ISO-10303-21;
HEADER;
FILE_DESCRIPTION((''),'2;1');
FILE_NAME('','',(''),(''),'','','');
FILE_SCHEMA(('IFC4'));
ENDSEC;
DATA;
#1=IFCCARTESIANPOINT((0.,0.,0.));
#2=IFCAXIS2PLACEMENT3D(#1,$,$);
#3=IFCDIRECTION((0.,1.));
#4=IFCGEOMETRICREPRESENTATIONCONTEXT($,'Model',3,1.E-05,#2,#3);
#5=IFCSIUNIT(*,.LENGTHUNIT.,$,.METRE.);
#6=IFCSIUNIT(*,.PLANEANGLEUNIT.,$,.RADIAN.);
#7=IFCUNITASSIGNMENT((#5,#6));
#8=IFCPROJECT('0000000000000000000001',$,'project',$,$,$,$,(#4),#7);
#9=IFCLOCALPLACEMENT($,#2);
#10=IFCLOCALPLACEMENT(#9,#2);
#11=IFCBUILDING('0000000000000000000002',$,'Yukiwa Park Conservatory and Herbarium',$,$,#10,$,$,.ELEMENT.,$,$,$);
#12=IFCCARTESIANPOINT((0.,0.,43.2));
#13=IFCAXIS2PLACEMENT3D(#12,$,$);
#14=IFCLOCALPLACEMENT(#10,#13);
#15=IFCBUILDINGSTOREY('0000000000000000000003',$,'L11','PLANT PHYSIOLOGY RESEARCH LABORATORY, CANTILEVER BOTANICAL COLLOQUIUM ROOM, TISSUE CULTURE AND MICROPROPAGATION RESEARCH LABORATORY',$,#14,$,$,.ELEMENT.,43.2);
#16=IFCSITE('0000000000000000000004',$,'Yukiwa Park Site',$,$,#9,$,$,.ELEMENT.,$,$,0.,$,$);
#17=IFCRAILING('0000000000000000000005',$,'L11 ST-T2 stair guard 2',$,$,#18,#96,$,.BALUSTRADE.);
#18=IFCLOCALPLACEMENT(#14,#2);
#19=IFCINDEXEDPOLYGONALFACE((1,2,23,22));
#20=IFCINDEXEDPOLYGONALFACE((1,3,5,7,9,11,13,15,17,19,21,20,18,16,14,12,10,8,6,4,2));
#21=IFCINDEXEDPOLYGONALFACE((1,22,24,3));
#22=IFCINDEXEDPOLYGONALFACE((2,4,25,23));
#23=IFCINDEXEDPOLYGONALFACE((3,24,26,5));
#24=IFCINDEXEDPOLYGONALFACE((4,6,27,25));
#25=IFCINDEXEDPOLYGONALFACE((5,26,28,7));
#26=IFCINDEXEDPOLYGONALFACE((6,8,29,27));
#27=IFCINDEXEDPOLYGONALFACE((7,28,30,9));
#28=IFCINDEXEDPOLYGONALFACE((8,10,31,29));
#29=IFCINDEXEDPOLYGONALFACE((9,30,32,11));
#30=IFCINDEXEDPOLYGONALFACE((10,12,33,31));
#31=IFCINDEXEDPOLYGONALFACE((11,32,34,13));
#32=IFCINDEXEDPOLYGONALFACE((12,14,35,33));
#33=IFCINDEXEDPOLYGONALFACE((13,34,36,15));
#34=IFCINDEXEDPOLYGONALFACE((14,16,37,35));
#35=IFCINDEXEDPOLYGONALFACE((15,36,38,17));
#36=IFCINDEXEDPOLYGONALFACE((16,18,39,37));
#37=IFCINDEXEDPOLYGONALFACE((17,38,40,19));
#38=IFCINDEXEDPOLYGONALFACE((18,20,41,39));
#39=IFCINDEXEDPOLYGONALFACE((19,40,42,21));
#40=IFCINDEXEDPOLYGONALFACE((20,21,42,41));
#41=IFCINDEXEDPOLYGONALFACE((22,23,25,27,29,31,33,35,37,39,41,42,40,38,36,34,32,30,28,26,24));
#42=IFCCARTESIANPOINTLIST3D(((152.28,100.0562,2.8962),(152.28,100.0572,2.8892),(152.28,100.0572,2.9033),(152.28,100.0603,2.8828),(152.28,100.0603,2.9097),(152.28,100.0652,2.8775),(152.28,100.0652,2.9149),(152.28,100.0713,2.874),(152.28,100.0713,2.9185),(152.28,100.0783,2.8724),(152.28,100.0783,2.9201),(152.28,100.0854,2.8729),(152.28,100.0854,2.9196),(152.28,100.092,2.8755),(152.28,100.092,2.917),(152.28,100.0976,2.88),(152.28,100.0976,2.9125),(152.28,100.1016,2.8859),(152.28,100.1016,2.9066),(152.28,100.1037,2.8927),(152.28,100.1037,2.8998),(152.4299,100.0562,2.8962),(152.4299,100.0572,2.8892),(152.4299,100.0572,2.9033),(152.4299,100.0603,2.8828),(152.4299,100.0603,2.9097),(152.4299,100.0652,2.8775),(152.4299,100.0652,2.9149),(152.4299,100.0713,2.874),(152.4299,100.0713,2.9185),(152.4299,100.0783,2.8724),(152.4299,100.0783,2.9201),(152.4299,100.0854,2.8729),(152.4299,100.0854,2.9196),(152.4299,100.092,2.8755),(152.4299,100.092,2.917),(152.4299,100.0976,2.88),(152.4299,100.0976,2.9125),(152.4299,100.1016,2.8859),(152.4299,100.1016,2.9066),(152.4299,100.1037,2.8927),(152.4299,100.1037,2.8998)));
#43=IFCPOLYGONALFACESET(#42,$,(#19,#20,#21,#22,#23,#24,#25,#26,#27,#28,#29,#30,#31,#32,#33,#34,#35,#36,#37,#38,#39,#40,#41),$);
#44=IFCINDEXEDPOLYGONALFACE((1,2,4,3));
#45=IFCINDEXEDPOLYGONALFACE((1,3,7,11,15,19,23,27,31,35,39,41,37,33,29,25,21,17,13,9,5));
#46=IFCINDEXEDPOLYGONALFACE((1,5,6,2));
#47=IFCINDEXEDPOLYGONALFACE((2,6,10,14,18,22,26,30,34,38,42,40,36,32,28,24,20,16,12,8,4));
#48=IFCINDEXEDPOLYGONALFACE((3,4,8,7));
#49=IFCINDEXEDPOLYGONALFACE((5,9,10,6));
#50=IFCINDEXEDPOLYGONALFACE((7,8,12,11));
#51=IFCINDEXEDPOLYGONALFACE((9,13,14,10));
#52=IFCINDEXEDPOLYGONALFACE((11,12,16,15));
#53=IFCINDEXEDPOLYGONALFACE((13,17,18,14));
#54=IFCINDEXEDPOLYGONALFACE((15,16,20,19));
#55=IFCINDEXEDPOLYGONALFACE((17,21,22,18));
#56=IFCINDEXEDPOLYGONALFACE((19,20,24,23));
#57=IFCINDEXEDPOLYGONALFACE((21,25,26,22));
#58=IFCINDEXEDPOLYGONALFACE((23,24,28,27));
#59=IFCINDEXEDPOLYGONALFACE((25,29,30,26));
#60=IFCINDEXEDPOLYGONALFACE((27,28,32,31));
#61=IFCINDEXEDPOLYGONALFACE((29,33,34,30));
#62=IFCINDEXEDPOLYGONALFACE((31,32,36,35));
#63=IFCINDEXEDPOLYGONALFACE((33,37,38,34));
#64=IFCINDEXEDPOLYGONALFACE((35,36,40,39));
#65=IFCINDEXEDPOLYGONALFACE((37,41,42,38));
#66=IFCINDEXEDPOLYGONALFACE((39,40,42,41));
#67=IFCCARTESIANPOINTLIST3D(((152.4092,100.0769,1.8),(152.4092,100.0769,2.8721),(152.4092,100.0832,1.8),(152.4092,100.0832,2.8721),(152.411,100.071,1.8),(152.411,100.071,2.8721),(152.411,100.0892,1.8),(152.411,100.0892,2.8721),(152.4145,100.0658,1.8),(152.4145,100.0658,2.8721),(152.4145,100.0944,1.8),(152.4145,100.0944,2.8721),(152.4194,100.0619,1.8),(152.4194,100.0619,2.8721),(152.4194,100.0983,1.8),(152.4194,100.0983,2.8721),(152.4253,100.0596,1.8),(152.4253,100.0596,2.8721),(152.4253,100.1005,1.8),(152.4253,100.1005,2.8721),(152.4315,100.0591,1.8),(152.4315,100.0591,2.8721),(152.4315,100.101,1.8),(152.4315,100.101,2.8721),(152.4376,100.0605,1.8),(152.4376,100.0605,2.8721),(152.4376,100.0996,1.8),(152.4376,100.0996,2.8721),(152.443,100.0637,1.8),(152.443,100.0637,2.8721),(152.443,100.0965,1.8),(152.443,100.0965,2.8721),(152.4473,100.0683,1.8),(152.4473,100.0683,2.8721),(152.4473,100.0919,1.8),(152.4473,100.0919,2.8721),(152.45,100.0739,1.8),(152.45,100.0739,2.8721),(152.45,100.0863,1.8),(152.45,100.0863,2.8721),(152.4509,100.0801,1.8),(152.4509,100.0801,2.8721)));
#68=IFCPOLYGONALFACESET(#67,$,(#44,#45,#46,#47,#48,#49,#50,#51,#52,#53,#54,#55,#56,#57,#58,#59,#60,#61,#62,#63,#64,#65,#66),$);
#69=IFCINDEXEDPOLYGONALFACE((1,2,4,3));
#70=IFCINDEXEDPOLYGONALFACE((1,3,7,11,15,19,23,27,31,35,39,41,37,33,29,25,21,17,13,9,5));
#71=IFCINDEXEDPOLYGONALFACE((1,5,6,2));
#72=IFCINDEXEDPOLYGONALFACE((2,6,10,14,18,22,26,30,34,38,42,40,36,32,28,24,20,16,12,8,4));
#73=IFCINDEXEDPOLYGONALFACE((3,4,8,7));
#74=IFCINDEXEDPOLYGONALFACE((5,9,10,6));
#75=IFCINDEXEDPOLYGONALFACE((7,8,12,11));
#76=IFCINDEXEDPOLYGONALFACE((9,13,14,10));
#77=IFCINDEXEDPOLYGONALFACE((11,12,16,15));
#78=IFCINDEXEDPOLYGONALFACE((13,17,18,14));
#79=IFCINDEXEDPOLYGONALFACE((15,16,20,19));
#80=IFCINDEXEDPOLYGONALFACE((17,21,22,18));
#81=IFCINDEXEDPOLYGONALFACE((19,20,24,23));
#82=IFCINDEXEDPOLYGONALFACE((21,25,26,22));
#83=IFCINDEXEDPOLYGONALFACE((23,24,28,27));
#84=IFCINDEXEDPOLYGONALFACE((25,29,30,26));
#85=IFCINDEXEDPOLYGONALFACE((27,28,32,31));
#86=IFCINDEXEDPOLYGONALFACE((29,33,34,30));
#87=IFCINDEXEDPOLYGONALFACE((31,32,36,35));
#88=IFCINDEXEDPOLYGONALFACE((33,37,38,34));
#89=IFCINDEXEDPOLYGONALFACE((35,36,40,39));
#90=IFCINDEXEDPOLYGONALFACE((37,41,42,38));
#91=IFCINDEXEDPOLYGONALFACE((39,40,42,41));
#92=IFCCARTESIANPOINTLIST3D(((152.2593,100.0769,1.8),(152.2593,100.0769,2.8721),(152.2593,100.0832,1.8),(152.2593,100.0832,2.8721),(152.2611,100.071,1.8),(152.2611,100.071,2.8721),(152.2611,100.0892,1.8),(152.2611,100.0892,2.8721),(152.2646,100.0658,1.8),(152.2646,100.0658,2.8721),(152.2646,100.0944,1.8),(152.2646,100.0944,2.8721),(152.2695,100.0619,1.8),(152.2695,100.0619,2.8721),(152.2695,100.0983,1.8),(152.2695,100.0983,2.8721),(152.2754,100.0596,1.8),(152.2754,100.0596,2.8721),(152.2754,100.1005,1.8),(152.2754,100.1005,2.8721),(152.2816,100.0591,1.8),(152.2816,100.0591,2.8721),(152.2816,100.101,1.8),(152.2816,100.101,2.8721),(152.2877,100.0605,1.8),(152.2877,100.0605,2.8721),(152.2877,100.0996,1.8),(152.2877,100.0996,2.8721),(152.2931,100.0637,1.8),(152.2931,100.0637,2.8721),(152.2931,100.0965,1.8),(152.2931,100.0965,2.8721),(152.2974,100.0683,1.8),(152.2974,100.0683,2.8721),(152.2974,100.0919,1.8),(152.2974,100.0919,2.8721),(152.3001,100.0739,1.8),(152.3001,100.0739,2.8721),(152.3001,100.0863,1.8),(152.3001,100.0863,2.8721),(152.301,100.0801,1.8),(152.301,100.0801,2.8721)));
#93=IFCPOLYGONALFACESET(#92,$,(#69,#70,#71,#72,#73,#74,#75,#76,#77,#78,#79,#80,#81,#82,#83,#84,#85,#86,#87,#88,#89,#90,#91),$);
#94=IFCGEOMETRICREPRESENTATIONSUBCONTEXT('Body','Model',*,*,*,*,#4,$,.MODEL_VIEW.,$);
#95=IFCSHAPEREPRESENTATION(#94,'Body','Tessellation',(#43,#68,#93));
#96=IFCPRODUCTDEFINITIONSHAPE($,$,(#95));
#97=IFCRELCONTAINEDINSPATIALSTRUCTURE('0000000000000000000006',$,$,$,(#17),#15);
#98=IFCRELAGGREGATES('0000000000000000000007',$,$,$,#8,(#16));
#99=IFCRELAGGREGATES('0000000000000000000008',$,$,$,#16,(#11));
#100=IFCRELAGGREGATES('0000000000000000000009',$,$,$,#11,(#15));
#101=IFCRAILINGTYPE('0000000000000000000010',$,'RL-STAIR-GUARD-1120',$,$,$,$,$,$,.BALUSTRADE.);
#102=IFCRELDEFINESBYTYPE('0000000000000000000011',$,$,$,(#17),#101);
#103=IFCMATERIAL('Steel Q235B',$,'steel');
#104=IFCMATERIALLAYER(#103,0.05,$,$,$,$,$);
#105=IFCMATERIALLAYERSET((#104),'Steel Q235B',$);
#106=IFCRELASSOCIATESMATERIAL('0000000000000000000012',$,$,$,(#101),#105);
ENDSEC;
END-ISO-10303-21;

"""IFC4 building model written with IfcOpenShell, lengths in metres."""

from ifc_helpers import new_model, si_unit, direction, frame, origin, origin_2d, place, context, subcontext, project, spatial, circle, extrude, material, layer, layer_set, type_object, element, save


model = new_model("IFC4")

# Units and contexts
model_context = context("Model", 3, precision=1e-05, world=origin(), true_north=direction((0.0, 1.0)))
body_context = subcontext(model_context, "Body", "Model", "MODEL_VIEW")
ifc_project = project(units=[si_unit("LENGTHUNIT", "METRE"), si_unit("PLANEANGLEUNIT", "RADIAN")], contexts=[model_context])

# Site, building, storey
site_placement = place(None, origin())
site = spatial("IfcSite", under=ifc_project, at=site_placement, Name="Yukiwa Park Site", CompositionType="ELEMENT", RefElevation=0.0)
building_placement = place(site_placement, origin())
building = spatial("IfcBuilding", under=site, at=building_placement, Name="Yukiwa Park Conservatory and Herbarium", CompositionType="ELEMENT")
storey_placement = place(building_placement, frame((0.0, 0.0, 43.2)))
storey = spatial("IfcBuildingStorey", under=building, at=storey_placement, Name="L11", Description="PLANT PHYSIOLOGY RESEARCH LABORATORY, CANTILEVER BOTANICAL COLLOQUIUM ROOM, TISSUE CULTURE AND MICROPROPAGATION RESEARCH LABORATORY", CompositionType="ELEMENT", Elevation=43.2)

# Railing
ifc_material_1 = material(Name="Steel Q235B", Category="steel")
ifc_layer_1 = layer(ifc_material_1, 0.05)
ifc_layer_set_1 = layer_set([ifc_layer_1], Name="Steel Q235B")
railing_type_1 = type_object("IfcRailingType", Name="RL-STAIR-GUARD-1120", PredefinedType="BALUSTRADE", material=ifc_layer_set_1)
railing_1_placement = place(storey_placement, frame((152.4299, 100.0801, 1.8)))
element("IfcRailing", 1, at=railing_1_placement, inside=storey, type_object=railing_type_1, Name="L11 ST-T2 stair guard 2", PredefinedType="BALUSTRADE", context=body_context, shape_type="SweptSolid", body=[
    extrude(circle(Radius=0.0239, at=origin_2d()), frame((0.0, 0.0, 1.0962), z_axis=(-1.0, 0.0, 0.0), x_axis=(0.0, -1.0, 0.0)), (0.0, 0.0, 1.0), 0.1499),
    extrude(circle(Radius=0.021, at=origin_2d()), origin(), (0.0, 0.0, 1.0), 1.072),
    extrude(circle(Radius=0.021, at=origin_2d()), frame((-0.1499, 0.0, 0.0)), (0.0, 0.0, 1.0), 1.072),
])

save(model, "model.ifc")
